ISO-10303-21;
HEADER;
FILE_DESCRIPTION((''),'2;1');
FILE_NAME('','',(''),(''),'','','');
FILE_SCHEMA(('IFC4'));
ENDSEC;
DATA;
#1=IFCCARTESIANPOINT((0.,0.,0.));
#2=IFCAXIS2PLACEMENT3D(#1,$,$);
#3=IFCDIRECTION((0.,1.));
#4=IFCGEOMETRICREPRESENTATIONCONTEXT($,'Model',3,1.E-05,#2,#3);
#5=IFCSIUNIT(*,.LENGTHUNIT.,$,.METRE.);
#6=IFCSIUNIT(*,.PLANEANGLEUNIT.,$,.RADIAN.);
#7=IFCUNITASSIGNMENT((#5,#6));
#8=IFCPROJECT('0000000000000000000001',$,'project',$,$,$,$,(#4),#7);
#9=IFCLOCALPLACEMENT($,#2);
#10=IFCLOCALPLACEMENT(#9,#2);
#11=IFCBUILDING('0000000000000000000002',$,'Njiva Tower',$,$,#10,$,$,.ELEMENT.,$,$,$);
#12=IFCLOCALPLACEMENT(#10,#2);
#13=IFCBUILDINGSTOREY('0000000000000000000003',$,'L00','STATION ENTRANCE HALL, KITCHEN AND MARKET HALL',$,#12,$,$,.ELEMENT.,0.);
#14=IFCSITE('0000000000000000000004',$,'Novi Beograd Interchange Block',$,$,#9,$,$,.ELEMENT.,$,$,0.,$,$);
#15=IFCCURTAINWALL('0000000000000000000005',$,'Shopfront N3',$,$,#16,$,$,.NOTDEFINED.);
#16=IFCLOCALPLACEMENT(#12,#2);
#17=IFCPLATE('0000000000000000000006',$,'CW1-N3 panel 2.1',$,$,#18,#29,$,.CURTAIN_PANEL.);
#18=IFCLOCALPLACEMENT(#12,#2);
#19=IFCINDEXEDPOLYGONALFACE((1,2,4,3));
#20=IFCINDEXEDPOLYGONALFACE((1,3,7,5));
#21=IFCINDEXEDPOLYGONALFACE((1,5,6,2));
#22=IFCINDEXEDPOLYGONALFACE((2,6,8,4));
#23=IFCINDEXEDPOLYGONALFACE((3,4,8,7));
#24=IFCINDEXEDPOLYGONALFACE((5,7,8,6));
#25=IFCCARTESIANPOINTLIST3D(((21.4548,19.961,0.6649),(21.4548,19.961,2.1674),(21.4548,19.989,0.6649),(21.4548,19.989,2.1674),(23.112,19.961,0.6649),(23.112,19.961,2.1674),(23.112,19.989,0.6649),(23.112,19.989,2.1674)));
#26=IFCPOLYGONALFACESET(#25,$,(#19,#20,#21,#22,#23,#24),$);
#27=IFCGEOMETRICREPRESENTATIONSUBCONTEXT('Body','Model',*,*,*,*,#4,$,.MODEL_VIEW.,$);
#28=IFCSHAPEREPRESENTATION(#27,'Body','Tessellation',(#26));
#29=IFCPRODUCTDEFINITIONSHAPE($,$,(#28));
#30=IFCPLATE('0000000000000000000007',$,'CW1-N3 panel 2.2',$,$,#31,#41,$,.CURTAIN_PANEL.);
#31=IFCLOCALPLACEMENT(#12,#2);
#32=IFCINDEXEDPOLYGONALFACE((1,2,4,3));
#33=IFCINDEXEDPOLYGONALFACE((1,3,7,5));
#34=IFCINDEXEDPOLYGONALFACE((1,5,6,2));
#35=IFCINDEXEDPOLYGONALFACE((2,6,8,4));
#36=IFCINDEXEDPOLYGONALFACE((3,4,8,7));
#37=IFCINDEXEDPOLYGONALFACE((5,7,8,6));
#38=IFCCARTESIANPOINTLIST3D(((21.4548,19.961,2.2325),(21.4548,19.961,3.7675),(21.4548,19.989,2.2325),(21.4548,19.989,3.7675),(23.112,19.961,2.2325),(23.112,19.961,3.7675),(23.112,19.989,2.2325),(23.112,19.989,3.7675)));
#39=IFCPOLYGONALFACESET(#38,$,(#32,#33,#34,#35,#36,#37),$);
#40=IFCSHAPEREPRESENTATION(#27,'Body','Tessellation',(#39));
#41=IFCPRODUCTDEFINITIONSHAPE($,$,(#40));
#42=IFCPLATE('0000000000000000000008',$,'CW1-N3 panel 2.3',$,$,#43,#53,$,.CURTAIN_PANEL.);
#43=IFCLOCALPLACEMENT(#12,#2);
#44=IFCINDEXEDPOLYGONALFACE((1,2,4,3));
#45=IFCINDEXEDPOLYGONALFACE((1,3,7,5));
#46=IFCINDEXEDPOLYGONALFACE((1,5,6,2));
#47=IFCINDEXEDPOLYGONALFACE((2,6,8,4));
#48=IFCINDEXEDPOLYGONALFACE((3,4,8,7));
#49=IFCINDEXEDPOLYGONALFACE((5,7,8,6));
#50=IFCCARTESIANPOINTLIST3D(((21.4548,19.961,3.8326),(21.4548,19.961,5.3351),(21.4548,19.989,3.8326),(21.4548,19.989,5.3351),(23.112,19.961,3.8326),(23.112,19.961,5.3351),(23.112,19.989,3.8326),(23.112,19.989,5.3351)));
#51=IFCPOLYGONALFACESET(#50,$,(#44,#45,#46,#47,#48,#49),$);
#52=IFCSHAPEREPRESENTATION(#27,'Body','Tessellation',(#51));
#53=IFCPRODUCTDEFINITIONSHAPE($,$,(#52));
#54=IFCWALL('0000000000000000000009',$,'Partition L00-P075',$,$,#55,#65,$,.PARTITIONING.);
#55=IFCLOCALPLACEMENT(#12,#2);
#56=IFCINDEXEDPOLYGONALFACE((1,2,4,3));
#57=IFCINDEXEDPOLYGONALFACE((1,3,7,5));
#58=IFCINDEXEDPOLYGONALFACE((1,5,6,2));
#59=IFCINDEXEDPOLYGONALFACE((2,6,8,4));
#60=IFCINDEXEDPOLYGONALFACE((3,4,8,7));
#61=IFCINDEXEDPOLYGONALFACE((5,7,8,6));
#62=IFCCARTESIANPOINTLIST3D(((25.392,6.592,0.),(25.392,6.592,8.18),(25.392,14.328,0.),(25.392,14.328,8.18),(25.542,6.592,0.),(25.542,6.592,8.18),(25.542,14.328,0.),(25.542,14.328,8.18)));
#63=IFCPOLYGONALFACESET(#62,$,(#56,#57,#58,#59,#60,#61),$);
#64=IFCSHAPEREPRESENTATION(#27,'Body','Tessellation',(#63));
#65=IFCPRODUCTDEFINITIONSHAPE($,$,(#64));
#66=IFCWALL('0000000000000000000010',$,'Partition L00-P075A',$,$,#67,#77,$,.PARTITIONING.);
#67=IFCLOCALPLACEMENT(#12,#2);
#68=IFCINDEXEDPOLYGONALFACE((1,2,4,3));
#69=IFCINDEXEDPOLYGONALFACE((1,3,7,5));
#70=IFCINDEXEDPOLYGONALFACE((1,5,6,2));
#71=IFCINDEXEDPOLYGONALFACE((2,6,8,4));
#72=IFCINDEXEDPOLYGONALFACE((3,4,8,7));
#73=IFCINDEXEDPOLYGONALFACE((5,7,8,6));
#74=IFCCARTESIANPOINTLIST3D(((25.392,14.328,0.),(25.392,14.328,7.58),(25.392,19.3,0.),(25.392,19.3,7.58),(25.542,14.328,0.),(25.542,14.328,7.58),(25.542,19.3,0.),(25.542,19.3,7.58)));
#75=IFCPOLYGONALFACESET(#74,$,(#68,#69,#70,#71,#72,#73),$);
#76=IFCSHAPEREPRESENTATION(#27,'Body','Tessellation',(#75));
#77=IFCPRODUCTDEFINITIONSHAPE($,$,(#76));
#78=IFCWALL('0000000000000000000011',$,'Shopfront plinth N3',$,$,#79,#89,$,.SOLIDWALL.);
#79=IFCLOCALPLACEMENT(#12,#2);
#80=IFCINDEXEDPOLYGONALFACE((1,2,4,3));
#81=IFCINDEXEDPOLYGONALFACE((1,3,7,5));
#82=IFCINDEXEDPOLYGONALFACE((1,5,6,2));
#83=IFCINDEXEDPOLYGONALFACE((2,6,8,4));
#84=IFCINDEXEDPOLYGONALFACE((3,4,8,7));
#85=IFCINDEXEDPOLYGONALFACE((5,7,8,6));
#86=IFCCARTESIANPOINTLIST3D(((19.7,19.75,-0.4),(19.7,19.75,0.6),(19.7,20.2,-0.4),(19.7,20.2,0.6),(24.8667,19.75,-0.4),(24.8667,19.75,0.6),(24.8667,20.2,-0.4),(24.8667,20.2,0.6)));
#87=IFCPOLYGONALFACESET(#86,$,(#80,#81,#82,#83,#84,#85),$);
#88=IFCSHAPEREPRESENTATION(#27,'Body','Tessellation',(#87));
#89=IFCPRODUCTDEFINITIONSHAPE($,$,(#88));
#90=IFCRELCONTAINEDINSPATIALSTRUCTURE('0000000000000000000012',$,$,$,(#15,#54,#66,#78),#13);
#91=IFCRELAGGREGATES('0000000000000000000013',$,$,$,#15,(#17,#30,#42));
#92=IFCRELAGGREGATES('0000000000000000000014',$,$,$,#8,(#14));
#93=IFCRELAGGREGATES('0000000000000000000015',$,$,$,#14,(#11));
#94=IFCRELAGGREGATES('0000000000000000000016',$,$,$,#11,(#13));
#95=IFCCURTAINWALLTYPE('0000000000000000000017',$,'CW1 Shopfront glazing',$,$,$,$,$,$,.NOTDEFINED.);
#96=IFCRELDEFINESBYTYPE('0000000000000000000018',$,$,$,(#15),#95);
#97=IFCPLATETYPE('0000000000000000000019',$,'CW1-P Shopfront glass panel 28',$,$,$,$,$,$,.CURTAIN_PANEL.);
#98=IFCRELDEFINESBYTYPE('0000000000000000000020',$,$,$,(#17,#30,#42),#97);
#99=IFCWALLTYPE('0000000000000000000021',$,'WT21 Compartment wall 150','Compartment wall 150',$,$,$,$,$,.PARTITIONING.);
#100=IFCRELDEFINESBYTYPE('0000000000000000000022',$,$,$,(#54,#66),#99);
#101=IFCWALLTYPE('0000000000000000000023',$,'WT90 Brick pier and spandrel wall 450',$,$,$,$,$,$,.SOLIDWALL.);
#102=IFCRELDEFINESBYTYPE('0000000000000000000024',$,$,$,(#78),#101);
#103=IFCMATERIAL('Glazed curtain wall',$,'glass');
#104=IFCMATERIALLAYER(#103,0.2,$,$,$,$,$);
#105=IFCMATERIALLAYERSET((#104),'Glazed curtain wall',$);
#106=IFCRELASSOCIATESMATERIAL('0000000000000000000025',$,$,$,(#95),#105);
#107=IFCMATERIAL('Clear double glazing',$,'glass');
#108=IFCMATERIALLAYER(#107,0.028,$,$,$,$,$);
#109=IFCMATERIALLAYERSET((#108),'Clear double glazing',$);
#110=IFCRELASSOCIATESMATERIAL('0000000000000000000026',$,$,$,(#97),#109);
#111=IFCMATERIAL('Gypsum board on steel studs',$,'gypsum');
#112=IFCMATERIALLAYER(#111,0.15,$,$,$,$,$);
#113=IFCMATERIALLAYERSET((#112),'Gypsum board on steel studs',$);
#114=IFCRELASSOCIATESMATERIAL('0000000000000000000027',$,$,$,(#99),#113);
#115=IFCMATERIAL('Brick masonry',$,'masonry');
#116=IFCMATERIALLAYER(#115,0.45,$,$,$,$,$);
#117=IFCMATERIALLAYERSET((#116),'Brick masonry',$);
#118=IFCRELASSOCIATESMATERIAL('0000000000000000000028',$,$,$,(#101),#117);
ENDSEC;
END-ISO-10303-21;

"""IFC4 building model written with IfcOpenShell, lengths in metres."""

from ifc_helpers import new_model, si_unit, direction, frame, frame_2d, origin, origin_2d, place, context, subcontext, project, spatial, polyline, rectangle, outline, extrude, material, layer, layer_set, type_object, element, aggregate, save


model = new_model("IFC4")

# Units and contexts
model_context = context("Model", 3, precision=1e-05, world=origin(), true_north=direction((0.0, 1.0)))
body_context = subcontext(model_context, "Body", "Model", "MODEL_VIEW")
ifc_project = project(units=[si_unit("LENGTHUNIT", "METRE"), si_unit("PLANEANGLEUNIT", "RADIAN")], contexts=[model_context])

# Site, building, storey
site_placement = place(None, origin())
site = spatial("IfcSite", under=ifc_project, at=site_placement, Name="Novi Beograd Interchange Block", CompositionType="ELEMENT", RefElevation=0.0)
building_placement = place(site_placement, origin())
building = spatial("IfcBuilding", under=site, at=building_placement, Name="Njiva Tower", CompositionType="ELEMENT")
storey_placement = place(building_placement, origin())
storey = spatial("IfcBuildingStorey", under=building, at=storey_placement, Name="L00", Description="STATION ENTRANCE HALL, KITCHEN AND MARKET HALL", CompositionType="ELEMENT", Elevation=0.0)

# Curtain wall, plates
ifc_material_1 = material(Name="Glazed curtain wall", Category="glass")
ifc_layer_1 = layer(ifc_material_1, 0.2)
ifc_layer_set_1 = layer_set([ifc_layer_1], Name="Glazed curtain wall")
curtain_wall_type = type_object("IfcCurtainWallType", Name="CW1 Shopfront glazing", PredefinedType="NOTDEFINED", material=ifc_layer_set_1)
curtain_wall_placement = place(storey_placement, origin())
curtain_wall = element("IfcCurtainWall", 1, at=curtain_wall_placement, inside=storey, type_object=curtain_wall_type, Name="Shopfront N3", PredefinedType="NOTDEFINED")
ifc_material_2 = material(Name="Clear double glazing", Category="glass")
ifc_layer_2 = layer(ifc_material_2, 0.028)
ifc_layer_set_2 = layer_set([ifc_layer_2], Name="Clear double glazing")
plate_type = type_object("IfcPlateType", Name="CW1-P Shopfront glass panel 28", PredefinedType="CURTAIN_PANEL", material=ifc_layer_set_2)
plate_1_placement = place(storey_placement, frame((22.2834, 19.975, 0.6649), z_axis=(0.0, 0.0, 1.0), x_axis=(-1.0, 0.0, 0.0)))
plate_1 = element("IfcPlate", 2, at=plate_1_placement, type_object=plate_type, Name="CW1-N3 panel 2.1", PredefinedType="CURTAIN_PANEL", context=body_context, shape_type="SweptSolid", body=[
    extrude(rectangle(XDim=1.6572, YDim=0.028, at=origin_2d()), origin(), (0.0, 0.0, 1.0), 1.5025),
])
plate_2_placement = place(storey_placement, frame((22.2834, 19.975, 2.2325), z_axis=(0.0, 0.0, 1.0), x_axis=(-1.0, 0.0, 0.0)))
plate_2 = element("IfcPlate", 3, at=plate_2_placement, type_object=plate_type, Name="CW1-N3 panel 2.2", PredefinedType="CURTAIN_PANEL", context=body_context, shape_type="SweptSolid", body=[
    extrude(rectangle(XDim=1.6572, YDim=0.028, at=origin_2d()), origin(), (0.0, 0.0, 1.0), 1.535),
])
plate_3_placement = place(storey_placement, frame((22.2834, 19.975, 3.8326), z_axis=(0.0, 0.0, 1.0), x_axis=(-1.0, 0.0, 0.0)))
plate_3 = element("IfcPlate", 4, at=plate_3_placement, type_object=plate_type, Name="CW1-N3 panel 2.3", PredefinedType="CURTAIN_PANEL", context=body_context, shape_type="SweptSolid", body=[
    extrude(rectangle(XDim=1.6572, YDim=0.028, at=origin_2d()), origin(), (0.0, 0.0, 1.0), 1.5025),
])
aggregate(curtain_wall, [plate_1, plate_2, plate_3])

# Walls
ifc_material_3 = material(Name="Gypsum board on steel studs", Category="gypsum")
ifc_layer_3 = layer(ifc_material_3, 0.15)
ifc_layer_set_3 = layer_set([ifc_layer_3], Name="Gypsum board on steel studs")
wall_type_1 = type_object("IfcWallType", Name="WT21 Compartment wall 150", Description="Compartment wall 150", PredefinedType="PARTITIONING", material=ifc_layer_set_3)
wall_1_placement = place(storey_placement, frame((25.467, 6.592, 0.0), z_axis=(0.0, 0.0, 1.0), x_axis=(0.0, 1.0, 0.0)))
element("IfcWall", 5, at=wall_1_placement, inside=storey, type_object=wall_type_1, Name="Partition L00-P075", PredefinedType="PARTITIONING", context=body_context, shape_type="SweptSolid", body=[
    extrude(rectangle(XDim=7.736, YDim=0.15, at=frame_2d((3.868, 0.0))), origin(), (0.0, 0.0, 1.0), 8.18),
])
wall_2_placement = place(storey_placement, frame((25.467, 14.328, 0.0), z_axis=(0.0, 0.0, 1.0), x_axis=(0.0, 1.0, 0.0)))
element("IfcWall", 6, at=wall_2_placement, inside=storey, type_object=wall_type_1, Name="Partition L00-P075A", PredefinedType="PARTITIONING", context=body_context, shape_type="SweptSolid", body=[
    extrude(rectangle(XDim=4.972, YDim=0.15, at=frame_2d((2.486, 0.0))), origin(), (0.0, 0.0, 1.0), 7.58),
])
ifc_material_4 = material(Name="Brick masonry", Category="masonry")
ifc_layer_4 = layer(ifc_material_4, 0.45)
ifc_layer_set_4 = layer_set([ifc_layer_4], Name="Brick masonry")
wall_type_2 = type_object("IfcWallType", Name="WT90 Brick pier and spandrel wall 450", PredefinedType="SOLIDWALL", material=ifc_layer_set_4)
wall_3_placement = place(storey_placement, frame((24.8667, 19.975, -0.4), z_axis=(0.0, 0.0, 1.0), x_axis=(-1.0, 0.0, 0.0)))
element("IfcWall", 7, at=wall_3_placement, inside=storey, type_object=wall_type_2, Name="Shopfront plinth N3", PredefinedType="SOLIDWALL", context=body_context, shape_type="SweptSolid", body=[
    extrude(outline(polyline([(0.0, -0.225), (5.1667, -0.225), (5.1667, 0.225), (0.0, 0.225), (0.0, -0.225)])), origin(), (0.0, 0.0, 1.0), 1.0),
])

save(model, "model.ifc")
